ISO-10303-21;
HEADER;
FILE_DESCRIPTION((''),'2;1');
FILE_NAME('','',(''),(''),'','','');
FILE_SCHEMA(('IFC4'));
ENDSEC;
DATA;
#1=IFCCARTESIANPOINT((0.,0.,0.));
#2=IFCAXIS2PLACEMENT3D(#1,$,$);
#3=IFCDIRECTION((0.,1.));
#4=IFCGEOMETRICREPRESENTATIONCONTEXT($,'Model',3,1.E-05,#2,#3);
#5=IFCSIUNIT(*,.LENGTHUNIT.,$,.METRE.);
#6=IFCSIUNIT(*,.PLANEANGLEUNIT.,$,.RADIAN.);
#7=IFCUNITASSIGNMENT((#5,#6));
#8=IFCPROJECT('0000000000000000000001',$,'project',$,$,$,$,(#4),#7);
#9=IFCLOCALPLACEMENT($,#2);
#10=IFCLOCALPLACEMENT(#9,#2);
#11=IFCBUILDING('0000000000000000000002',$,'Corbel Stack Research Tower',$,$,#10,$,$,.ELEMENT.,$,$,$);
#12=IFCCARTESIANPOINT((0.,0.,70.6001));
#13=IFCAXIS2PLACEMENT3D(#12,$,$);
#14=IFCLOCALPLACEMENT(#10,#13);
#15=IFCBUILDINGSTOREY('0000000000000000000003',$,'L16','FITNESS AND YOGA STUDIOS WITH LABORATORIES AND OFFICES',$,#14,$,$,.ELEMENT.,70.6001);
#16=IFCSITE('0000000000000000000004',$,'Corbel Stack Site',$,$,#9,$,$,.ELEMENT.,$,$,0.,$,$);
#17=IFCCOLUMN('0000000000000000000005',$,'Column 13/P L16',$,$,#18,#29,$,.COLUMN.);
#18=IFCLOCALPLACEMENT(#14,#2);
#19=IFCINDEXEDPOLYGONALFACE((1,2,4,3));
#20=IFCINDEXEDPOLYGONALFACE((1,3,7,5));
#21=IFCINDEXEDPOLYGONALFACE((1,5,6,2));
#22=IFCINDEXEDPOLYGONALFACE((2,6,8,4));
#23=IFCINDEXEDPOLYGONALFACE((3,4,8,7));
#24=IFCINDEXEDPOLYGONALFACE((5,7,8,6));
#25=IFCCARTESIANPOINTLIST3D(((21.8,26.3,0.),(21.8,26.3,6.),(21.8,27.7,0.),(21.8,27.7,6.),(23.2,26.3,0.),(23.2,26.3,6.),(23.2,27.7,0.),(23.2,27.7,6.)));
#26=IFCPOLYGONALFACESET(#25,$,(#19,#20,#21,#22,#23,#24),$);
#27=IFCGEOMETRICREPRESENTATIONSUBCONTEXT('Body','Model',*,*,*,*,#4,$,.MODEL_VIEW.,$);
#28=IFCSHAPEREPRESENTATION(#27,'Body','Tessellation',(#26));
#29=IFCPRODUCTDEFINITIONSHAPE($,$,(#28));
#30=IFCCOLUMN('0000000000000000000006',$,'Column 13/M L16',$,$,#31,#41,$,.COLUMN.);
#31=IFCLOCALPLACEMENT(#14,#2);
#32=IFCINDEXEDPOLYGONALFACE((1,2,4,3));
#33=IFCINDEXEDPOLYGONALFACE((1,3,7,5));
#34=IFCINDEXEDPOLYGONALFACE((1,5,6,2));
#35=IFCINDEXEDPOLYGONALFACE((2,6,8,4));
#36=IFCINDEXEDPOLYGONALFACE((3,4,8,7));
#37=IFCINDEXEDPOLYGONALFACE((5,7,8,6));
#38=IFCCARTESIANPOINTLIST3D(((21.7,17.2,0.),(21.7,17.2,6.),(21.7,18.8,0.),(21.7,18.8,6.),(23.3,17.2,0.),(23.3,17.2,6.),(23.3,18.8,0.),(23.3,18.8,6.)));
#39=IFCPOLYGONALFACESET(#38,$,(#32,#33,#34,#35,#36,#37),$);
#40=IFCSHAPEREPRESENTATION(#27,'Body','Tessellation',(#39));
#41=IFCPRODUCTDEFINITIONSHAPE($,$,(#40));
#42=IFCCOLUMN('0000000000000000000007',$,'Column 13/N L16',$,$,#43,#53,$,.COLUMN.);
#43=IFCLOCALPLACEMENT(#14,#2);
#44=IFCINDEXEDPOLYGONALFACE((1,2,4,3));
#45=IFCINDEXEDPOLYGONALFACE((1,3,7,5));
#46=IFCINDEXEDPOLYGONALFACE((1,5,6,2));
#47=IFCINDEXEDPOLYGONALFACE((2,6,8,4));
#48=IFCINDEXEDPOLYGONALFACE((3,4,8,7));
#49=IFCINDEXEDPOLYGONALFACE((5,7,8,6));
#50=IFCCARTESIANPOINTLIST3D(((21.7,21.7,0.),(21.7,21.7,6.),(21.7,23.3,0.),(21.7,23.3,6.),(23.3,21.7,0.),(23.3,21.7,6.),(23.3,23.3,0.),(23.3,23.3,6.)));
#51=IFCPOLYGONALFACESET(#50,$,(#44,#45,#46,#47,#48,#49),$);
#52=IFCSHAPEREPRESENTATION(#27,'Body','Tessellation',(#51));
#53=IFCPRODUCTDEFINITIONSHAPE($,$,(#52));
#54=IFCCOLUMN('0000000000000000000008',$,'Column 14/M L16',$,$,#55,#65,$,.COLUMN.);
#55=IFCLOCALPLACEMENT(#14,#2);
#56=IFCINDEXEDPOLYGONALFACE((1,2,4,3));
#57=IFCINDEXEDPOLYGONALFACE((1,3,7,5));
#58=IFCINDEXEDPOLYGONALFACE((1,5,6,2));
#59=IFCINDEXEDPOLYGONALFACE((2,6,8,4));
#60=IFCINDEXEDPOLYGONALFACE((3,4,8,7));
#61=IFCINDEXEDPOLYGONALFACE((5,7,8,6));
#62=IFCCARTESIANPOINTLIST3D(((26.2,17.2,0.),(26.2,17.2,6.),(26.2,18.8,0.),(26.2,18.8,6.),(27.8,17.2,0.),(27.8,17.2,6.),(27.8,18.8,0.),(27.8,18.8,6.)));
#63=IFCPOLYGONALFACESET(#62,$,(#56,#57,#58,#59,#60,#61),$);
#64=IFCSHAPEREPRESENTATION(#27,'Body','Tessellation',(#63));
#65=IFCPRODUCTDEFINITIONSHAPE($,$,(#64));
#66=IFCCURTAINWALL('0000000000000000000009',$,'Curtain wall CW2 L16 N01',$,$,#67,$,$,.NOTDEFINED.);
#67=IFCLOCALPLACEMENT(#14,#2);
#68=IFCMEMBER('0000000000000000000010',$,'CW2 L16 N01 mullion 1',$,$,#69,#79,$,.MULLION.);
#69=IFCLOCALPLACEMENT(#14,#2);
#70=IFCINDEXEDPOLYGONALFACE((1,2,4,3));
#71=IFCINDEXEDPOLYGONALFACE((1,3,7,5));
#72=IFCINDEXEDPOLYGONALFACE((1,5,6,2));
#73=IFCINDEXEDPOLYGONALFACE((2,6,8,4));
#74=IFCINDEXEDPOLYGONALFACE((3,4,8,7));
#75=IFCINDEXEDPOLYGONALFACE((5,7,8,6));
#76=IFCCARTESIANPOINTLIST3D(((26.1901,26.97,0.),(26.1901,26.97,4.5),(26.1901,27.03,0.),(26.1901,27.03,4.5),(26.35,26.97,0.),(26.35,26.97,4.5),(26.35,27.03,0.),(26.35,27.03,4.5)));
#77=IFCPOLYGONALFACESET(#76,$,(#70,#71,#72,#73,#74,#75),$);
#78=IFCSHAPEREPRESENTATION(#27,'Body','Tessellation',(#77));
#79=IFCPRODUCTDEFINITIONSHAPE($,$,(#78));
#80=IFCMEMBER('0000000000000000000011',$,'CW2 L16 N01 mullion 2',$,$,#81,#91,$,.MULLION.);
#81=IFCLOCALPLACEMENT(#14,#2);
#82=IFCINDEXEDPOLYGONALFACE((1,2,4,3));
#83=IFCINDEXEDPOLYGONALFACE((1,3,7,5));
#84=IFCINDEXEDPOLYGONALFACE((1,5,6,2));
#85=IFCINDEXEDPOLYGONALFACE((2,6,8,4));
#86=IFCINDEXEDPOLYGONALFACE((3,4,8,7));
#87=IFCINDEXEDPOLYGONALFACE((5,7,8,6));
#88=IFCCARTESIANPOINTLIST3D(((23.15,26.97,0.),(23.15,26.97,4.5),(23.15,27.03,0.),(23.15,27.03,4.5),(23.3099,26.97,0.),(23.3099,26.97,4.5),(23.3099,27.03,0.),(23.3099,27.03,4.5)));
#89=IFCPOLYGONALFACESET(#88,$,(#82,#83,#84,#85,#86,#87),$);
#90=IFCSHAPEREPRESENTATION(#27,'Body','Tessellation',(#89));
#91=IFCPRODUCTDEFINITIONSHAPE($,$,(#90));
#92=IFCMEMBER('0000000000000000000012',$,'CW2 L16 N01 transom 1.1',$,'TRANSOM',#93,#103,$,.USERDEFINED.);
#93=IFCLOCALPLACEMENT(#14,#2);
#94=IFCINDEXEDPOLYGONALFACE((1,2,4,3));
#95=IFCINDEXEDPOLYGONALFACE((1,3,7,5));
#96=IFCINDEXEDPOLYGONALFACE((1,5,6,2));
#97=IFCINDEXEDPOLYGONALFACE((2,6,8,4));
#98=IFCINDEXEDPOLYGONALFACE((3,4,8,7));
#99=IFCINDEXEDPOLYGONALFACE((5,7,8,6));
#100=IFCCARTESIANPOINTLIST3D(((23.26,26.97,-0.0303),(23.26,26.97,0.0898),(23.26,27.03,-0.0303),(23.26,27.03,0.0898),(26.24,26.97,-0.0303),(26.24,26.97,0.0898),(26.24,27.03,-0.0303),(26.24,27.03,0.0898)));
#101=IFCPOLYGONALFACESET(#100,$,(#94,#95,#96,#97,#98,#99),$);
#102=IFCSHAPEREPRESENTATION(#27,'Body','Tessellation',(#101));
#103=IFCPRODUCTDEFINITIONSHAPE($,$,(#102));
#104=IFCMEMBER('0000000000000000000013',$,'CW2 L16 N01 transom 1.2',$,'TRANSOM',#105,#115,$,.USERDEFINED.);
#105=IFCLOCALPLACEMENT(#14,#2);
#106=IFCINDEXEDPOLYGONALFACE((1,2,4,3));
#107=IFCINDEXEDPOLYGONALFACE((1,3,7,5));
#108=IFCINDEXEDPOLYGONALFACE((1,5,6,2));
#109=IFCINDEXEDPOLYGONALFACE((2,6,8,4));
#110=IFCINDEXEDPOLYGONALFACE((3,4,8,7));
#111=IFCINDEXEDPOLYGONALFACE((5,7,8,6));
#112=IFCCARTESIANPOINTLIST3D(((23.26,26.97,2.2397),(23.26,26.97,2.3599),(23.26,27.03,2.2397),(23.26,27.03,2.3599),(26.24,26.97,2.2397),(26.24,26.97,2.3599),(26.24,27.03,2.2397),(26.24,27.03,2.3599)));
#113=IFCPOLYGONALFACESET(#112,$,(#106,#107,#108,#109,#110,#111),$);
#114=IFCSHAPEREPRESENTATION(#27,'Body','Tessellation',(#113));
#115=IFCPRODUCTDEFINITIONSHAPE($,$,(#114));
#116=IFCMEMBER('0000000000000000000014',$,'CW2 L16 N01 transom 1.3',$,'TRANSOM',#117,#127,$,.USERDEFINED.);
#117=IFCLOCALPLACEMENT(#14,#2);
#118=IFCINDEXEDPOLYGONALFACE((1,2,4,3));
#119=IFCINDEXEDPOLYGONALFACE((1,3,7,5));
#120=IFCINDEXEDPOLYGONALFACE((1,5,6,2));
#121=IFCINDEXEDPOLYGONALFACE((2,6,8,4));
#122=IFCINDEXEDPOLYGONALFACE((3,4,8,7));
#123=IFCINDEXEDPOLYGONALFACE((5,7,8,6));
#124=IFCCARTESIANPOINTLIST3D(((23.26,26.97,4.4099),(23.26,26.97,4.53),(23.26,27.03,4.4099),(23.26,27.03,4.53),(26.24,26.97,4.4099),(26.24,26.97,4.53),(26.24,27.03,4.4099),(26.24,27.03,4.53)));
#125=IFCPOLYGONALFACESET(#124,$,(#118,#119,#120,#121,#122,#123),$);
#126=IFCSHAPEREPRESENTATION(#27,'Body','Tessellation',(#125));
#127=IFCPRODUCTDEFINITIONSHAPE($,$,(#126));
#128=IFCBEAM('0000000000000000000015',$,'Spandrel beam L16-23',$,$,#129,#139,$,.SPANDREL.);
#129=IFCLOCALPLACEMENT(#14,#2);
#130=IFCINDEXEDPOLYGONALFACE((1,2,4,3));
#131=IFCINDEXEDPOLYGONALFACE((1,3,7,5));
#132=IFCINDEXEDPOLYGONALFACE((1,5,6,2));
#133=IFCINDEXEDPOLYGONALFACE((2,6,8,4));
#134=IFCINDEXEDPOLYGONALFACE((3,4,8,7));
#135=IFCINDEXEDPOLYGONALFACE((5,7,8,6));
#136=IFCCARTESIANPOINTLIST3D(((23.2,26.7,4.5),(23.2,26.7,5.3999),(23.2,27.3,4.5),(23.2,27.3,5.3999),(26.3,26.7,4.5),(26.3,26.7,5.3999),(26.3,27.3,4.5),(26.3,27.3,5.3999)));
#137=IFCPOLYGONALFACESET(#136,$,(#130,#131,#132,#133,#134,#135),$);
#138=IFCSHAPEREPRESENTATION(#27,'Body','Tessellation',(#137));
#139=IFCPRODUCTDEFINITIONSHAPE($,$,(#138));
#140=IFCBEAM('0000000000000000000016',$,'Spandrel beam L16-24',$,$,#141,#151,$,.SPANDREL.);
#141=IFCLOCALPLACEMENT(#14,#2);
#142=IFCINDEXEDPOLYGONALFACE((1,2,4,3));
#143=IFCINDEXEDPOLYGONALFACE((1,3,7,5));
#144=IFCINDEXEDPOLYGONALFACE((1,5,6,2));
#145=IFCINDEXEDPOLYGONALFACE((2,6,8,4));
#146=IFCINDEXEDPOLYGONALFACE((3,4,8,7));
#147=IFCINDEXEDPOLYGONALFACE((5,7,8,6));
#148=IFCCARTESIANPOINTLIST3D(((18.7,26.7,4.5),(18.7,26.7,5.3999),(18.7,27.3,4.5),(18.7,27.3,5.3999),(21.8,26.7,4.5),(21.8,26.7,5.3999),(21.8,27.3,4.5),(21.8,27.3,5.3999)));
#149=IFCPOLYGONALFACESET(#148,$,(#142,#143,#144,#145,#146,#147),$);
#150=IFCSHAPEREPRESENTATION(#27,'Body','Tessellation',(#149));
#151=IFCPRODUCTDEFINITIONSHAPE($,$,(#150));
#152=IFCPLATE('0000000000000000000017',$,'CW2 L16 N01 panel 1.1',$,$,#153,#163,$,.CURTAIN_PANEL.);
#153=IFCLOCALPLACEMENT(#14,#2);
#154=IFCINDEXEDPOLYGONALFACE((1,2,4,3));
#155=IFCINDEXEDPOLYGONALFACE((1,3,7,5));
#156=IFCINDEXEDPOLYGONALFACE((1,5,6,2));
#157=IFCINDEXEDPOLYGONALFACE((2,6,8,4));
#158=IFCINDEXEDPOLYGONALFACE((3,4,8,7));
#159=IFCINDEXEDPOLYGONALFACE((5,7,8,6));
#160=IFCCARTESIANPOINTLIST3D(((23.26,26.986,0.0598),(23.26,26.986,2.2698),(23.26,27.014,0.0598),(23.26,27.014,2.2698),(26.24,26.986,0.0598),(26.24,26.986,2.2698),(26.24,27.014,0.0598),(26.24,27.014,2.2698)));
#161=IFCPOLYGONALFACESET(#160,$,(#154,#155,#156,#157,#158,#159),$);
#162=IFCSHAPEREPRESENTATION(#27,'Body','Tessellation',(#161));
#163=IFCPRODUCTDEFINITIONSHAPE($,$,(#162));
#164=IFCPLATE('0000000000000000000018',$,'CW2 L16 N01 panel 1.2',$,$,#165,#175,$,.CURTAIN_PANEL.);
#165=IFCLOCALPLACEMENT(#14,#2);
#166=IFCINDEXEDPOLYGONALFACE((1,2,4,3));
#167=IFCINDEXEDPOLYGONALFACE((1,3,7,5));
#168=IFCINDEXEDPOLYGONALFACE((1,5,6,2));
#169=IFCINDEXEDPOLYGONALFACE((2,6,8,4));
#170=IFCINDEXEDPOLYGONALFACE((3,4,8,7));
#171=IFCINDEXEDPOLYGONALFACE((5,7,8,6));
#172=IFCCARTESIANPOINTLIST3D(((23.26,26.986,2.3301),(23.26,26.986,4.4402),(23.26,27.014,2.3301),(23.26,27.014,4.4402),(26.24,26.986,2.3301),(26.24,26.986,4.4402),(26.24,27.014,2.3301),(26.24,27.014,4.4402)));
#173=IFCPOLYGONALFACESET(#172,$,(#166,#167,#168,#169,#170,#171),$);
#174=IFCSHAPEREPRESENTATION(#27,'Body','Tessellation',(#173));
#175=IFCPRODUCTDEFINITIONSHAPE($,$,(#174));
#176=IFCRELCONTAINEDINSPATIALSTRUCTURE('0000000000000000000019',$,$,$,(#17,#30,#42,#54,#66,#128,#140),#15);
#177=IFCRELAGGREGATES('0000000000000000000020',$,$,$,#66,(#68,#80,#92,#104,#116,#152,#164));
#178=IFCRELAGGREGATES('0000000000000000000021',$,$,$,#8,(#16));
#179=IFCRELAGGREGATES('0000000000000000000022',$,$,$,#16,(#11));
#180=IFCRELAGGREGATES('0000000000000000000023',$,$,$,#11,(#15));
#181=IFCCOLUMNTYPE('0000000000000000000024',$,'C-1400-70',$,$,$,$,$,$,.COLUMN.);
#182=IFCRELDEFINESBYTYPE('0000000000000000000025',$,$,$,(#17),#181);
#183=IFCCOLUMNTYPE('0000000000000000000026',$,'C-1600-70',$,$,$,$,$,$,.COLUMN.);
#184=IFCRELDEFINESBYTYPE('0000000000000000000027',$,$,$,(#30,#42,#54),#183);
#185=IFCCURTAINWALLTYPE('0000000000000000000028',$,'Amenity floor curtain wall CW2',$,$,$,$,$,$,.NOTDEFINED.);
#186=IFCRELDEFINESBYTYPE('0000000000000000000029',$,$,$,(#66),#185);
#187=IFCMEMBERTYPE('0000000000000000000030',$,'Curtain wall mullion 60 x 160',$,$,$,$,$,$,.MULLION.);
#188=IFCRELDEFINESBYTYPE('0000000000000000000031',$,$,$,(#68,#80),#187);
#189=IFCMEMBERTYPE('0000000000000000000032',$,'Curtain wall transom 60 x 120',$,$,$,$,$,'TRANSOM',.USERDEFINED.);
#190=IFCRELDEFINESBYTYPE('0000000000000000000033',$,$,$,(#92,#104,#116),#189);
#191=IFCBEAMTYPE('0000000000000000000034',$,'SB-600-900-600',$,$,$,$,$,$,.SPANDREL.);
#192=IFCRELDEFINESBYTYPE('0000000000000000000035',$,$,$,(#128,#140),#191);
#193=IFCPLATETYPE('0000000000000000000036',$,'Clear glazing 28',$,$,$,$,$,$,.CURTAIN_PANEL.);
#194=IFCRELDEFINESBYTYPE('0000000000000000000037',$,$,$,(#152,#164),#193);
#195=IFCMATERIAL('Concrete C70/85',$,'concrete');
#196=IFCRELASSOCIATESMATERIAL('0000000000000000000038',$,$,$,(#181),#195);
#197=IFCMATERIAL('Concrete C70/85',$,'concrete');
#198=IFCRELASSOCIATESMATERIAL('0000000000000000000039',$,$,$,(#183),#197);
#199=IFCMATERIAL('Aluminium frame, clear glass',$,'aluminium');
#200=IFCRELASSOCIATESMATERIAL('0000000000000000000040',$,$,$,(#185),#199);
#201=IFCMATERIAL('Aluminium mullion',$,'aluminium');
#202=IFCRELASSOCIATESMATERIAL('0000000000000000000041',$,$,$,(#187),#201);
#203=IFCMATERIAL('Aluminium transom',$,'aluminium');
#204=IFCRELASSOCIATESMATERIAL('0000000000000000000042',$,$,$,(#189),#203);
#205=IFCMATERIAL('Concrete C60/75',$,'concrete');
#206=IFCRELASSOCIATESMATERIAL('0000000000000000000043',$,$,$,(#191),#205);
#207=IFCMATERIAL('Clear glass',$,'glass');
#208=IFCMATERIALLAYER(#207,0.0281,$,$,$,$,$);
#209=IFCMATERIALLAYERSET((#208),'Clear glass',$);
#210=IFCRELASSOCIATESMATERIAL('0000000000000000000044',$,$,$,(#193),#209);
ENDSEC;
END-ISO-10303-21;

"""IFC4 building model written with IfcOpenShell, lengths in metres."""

from ifc_helpers import new_model, si_unit, direction, frame, origin, origin_2d, place, context, subcontext, project, spatial, rectangle, extrude, material, layer, layer_set, material_profile, profile_set, type_object, element, aggregate, save


model = new_model("IFC4")

# Units and contexts
model_context = context("Model", 3, precision=1e-05, world=origin(), true_north=direction((0.0, 1.0)))
body_context = subcontext(model_context, "Body", "Model", "MODEL_VIEW")
ifc_project = project(units=[si_unit("LENGTHUNIT", "METRE"), si_unit("PLANEANGLEUNIT", "RADIAN")], contexts=[model_context])

# Site, building, storey
site_placement = place(None, origin())
site = spatial("IfcSite", under=ifc_project, at=site_placement, Name="Corbel Stack Site", CompositionType="ELEMENT", RefElevation=0.0)
building_placement = place(site_placement, origin())
building = spatial("IfcBuilding", under=site, at=building_placement, Name="Corbel Stack Research Tower", CompositionType="ELEMENT")
storey_placement = place(building_placement, frame((0.0, 0.0, 70.6001)))
storey = spatial("IfcBuildingStorey", under=building, at=storey_placement, Name="L16", Description="FITNESS AND YOGA STUDIOS WITH LABORATORIES AND OFFICES", CompositionType="ELEMENT", Elevation=70.6001)

# Columns
ifc_material_1 = material(Name="Concrete C70/85", Category="concrete")
ifc_material_profile_1 = material_profile(ifc_material_1, rectangle(XDim=1.3999, YDim=1.3999, at=origin_2d()), Name="RC 1400 x 1400")
ifc_profile_set_1 = profile_set([ifc_material_profile_1], Name="Concrete C70/85")
column_type_1 = type_object("IfcColumnType", Name="C-1400-70", PredefinedType="COLUMN", material=ifc_profile_set_1)
column_placement = place(storey_placement, frame((22.5, 27.0, 0.0), z_axis=(0.0, 0.0, 1.0), x_axis=(1.0, 0.0, 0.0)))
element("IfcColumn", 1, at=column_placement, inside=storey, type_object=column_type_1, Name="Column 13/P L16", PredefinedType="COLUMN", context=body_context, shape_type="SweptSolid", body=[
    extrude(rectangle(XDim=1.3999, YDim=1.3999, at=origin_2d()), origin(), (0.0, 0.0, 1.0), 6.0),
])
ifc_material_2 = material(Name="Concrete C70/85", Category="concrete")
ifc_material_profile_2 = material_profile(ifc_material_2, rectangle(XDim=1.6001, YDim=1.6001, at=origin_2d()), Name="RC 1600 x 1600")
ifc_profile_set_2 = profile_set([ifc_material_profile_2], Name="Concrete C70/85")
column_type_2 = type_object("IfcColumnType", Name="C-1600-70", PredefinedType="COLUMN", material=ifc_profile_set_2)
for number, where, z_axis, x_axis, name in (
    (2, (22.5, 18.0, 0.0), (0.0, 0.0, 1.0), (1.0, 0.0, 0.0), "Column 13/M L16"),
    (3, (22.5, 22.5, 0.0), (0.0, 0.0, 1.0), (1.0, 0.0, 0.0), "Column 13/N L16"),
    (4, (27.0, 18.0, 0.0), (0.0, 0.0, 1.0), (1.0, 0.0, 0.0), "Column 14/M L16"),
):
    element("IfcColumn", number, at=place(storey_placement, frame(where, z_axis=z_axis, x_axis=x_axis)), inside=storey, type_object=column_type_2, Name=name, PredefinedType="COLUMN", context=body_context, shape_type="SweptSolid", body=[
        extrude(rectangle(XDim=1.6001, YDim=1.6001, at=origin_2d()), origin(), (0.0, 0.0, 1.0), 6.0),
    ])

# Curtain wall, members
ifc_material_3 = material(Name="Aluminium frame, clear glass", Category="aluminium")
curtain_wall_type = type_object("IfcCurtainWallType", Name="Amenity floor curtain wall CW2", PredefinedType="NOTDEFINED", material=ifc_material_3)
curtain_wall_placement = place(storey_placement, origin())
curtain_wall = element("IfcCurtainWall", 5, at=curtain_wall_placement, inside=storey, type_object=curtain_wall_type, Name="Curtain wall CW2 L16 N01", PredefinedType="NOTDEFINED")
ifc_material_4 = material(Name="Aluminium mullion", Category="aluminium")
ifc_material_profile_3 = material_profile(ifc_material_4, rectangle(XDim=0.0601, YDim=0.1599, at=origin_2d()), Name="Mullion 60 x 160")
ifc_profile_set_3 = profile_set([ifc_material_profile_3], Name="Aluminium mullion")
member_type_1 = type_object("IfcMemberType", Name="Curtain wall mullion 60 x 160", PredefinedType="MULLION", material=ifc_profile_set_3)
member_1_placement = place(storey_placement, frame((26.27, 27.0, 0.0), z_axis=(0.0, 0.0, 1.0), x_axis=(0.0, -1.0, 0.0)))
member_1 = element("IfcMember", 6, at=member_1_placement, type_object=member_type_1, Name="CW2 L16 N01 mullion 1", PredefinedType="MULLION", context=body_context, shape_type="SweptSolid", body=[
    extrude(rectangle(XDim=0.0601, YDim=0.1599, at=origin_2d()), origin(), (0.0, 0.0, 1.0), 4.5),
])
member_2_placement = place(storey_placement, frame((23.23, 27.0, 0.0), z_axis=(0.0, 0.0, 1.0), x_axis=(0.0, -1.0, 0.0)))
member_2 = element("IfcMember", 7, at=member_2_placement, type_object=member_type_1, Name="CW2 L16 N01 mullion 2", PredefinedType="MULLION", context=body_context, shape_type="SweptSolid", body=[
    extrude(rectangle(XDim=0.0601, YDim=0.1599, at=origin_2d()), origin(), (0.0, 0.0, 1.0), 4.5),
])
ifc_material_5 = material(Name="Aluminium transom", Category="aluminium")
ifc_material_profile_4 = material_profile(ifc_material_5, rectangle(XDim=0.0601, YDim=0.1201, at=origin_2d()), Name="Transom 60 x 120")
ifc_profile_set_4 = profile_set([ifc_material_profile_4], Name="Aluminium transom")
member_type_2 = type_object("IfcMemberType", Name="Curtain wall transom 60 x 120", ElementType="TRANSOM", PredefinedType="USERDEFINED", material=ifc_profile_set_4)
member_3_placement = place(storey_placement, frame((26.24, 27.0, 0.0298), z_axis=(-1.0, 0.0, 0.0), x_axis=(0.0, -1.0, 0.0)))
member_3 = element("IfcMember", 8, at=member_3_placement, type_object=member_type_2, Name="CW2 L16 N01 transom 1.1", ObjectType="TRANSOM", PredefinedType="USERDEFINED", context=body_context, shape_type="SweptSolid", body=[
    extrude(rectangle(XDim=0.0601, YDim=0.1201, at=origin_2d()), origin(), (0.0, 0.0, 1.0), 2.98),
])
member_4_placement = place(storey_placement, frame((26.24, 27.0, 2.2998), z_axis=(-1.0, 0.0, 0.0), x_axis=(0.0, -1.0, 0.0)))
member_4 = element("IfcMember", 9, at=member_4_placement, type_object=member_type_2, Name="CW2 L16 N01 transom 1.2", ObjectType="TRANSOM", PredefinedType="USERDEFINED", context=body_context, shape_type="SweptSolid", body=[
    extrude(rectangle(XDim=0.0601, YDim=0.1201, at=origin_2d()), origin(), (0.0, 0.0, 1.0), 2.98),
])
member_5_placement = place(storey_placement, frame((26.24, 27.0, 4.47), z_axis=(-1.0, 0.0, 0.0), x_axis=(0.0, -1.0, 0.0)))
member_5 = element("IfcMember", 10, at=member_5_placement, type_object=member_type_2, Name="CW2 L16 N01 transom 1.3", ObjectType="TRANSOM", PredefinedType="USERDEFINED", context=body_context, shape_type="SweptSolid", body=[
    extrude(rectangle(XDim=0.0601, YDim=0.1201, at=origin_2d()), origin(), (0.0, 0.0, 1.0), 2.98),
])

# Beams
ifc_material_6 = material(Name="Concrete C60/75", Category="concrete")
ifc_material_profile_5 = material_profile(ifc_material_6, rectangle(XDim=0.6001, YDim=0.8999, at=origin_2d()), Name="RC 600 x 900")
ifc_profile_set_5 = profile_set([ifc_material_profile_5], Name="Concrete C60/75")
beam_type = type_object("IfcBeamType", Name="SB-600-900-600", PredefinedType="SPANDREL", material=ifc_profile_set_5)
for number, where, z_axis, x_axis, name in (
    (11, (26.3, 27.0, 4.95), (-1.0, 0.0, 0.0), (0.0, -1.0, 0.0), "Spandrel beam L16-23"),
    (12, (21.8, 27.0, 4.95), (-1.0, 0.0, 0.0), (0.0, -1.0, 0.0), "Spandrel beam L16-24"),
):
    element("IfcBeam", number, at=place(storey_placement, frame(where, z_axis=z_axis, x_axis=x_axis)), inside=storey, type_object=beam_type, Name=name, PredefinedType="SPANDREL", context=body_context, shape_type="SweptSolid", body=[
        extrude(rectangle(XDim=0.6001, YDim=0.8999, at=origin_2d()), origin(), (0.0, 0.0, 1.0), 3.1001),
    ])

# Plates
ifc_material_7 = material(Name="Clear glass", Category="glass")
ifc_layer_1 = layer(ifc_material_7, 0.0281)
ifc_layer_set_1 = layer_set([ifc_layer_1], Name="Clear glass")
plate_type = type_object("IfcPlateType", Name="Clear glazing 28", PredefinedType="CURTAIN_PANEL", material=ifc_layer_set_1)
plate_1_placement = place(storey_placement, frame((24.75, 27.0, 0.0598), z_axis=(0.0, 0.0, 1.0), x_axis=(-1.0, 0.0, 0.0)))
plate_1 = element("IfcPlate", 13, at=plate_1_placement, type_object=plate_type, Name="CW2 L16 N01 panel 1.1", PredefinedType="CURTAIN_PANEL", context=body_context, shape_type="SweptSolid", body=[
    extrude(rectangle(XDim=2.98, YDim=0.0281, at=origin_2d()), origin(), (0.0, 0.0, 1.0), 2.21),
])
plate_2_placement = place(storey_placement, frame((24.75, 27.0, 2.3301), z_axis=(0.0, 0.0, 1.0), x_axis=(-1.0, 0.0, 0.0)))
plate_2 = element("IfcPlate", 14, at=plate_2_placement, type_object=plate_type, Name="CW2 L16 N01 panel 1.2", PredefinedType="CURTAIN_PANEL", context=body_context, shape_type="SweptSolid", body=[
    extrude(rectangle(XDim=2.98, YDim=0.0281, at=origin_2d()), origin(), (0.0, 0.0, 1.0), 2.1101),
])
aggregate(curtain_wall, [member_1, member_2, member_3, member_4, member_5, plate_1, plate_2])

save(model, "model.ifc")
